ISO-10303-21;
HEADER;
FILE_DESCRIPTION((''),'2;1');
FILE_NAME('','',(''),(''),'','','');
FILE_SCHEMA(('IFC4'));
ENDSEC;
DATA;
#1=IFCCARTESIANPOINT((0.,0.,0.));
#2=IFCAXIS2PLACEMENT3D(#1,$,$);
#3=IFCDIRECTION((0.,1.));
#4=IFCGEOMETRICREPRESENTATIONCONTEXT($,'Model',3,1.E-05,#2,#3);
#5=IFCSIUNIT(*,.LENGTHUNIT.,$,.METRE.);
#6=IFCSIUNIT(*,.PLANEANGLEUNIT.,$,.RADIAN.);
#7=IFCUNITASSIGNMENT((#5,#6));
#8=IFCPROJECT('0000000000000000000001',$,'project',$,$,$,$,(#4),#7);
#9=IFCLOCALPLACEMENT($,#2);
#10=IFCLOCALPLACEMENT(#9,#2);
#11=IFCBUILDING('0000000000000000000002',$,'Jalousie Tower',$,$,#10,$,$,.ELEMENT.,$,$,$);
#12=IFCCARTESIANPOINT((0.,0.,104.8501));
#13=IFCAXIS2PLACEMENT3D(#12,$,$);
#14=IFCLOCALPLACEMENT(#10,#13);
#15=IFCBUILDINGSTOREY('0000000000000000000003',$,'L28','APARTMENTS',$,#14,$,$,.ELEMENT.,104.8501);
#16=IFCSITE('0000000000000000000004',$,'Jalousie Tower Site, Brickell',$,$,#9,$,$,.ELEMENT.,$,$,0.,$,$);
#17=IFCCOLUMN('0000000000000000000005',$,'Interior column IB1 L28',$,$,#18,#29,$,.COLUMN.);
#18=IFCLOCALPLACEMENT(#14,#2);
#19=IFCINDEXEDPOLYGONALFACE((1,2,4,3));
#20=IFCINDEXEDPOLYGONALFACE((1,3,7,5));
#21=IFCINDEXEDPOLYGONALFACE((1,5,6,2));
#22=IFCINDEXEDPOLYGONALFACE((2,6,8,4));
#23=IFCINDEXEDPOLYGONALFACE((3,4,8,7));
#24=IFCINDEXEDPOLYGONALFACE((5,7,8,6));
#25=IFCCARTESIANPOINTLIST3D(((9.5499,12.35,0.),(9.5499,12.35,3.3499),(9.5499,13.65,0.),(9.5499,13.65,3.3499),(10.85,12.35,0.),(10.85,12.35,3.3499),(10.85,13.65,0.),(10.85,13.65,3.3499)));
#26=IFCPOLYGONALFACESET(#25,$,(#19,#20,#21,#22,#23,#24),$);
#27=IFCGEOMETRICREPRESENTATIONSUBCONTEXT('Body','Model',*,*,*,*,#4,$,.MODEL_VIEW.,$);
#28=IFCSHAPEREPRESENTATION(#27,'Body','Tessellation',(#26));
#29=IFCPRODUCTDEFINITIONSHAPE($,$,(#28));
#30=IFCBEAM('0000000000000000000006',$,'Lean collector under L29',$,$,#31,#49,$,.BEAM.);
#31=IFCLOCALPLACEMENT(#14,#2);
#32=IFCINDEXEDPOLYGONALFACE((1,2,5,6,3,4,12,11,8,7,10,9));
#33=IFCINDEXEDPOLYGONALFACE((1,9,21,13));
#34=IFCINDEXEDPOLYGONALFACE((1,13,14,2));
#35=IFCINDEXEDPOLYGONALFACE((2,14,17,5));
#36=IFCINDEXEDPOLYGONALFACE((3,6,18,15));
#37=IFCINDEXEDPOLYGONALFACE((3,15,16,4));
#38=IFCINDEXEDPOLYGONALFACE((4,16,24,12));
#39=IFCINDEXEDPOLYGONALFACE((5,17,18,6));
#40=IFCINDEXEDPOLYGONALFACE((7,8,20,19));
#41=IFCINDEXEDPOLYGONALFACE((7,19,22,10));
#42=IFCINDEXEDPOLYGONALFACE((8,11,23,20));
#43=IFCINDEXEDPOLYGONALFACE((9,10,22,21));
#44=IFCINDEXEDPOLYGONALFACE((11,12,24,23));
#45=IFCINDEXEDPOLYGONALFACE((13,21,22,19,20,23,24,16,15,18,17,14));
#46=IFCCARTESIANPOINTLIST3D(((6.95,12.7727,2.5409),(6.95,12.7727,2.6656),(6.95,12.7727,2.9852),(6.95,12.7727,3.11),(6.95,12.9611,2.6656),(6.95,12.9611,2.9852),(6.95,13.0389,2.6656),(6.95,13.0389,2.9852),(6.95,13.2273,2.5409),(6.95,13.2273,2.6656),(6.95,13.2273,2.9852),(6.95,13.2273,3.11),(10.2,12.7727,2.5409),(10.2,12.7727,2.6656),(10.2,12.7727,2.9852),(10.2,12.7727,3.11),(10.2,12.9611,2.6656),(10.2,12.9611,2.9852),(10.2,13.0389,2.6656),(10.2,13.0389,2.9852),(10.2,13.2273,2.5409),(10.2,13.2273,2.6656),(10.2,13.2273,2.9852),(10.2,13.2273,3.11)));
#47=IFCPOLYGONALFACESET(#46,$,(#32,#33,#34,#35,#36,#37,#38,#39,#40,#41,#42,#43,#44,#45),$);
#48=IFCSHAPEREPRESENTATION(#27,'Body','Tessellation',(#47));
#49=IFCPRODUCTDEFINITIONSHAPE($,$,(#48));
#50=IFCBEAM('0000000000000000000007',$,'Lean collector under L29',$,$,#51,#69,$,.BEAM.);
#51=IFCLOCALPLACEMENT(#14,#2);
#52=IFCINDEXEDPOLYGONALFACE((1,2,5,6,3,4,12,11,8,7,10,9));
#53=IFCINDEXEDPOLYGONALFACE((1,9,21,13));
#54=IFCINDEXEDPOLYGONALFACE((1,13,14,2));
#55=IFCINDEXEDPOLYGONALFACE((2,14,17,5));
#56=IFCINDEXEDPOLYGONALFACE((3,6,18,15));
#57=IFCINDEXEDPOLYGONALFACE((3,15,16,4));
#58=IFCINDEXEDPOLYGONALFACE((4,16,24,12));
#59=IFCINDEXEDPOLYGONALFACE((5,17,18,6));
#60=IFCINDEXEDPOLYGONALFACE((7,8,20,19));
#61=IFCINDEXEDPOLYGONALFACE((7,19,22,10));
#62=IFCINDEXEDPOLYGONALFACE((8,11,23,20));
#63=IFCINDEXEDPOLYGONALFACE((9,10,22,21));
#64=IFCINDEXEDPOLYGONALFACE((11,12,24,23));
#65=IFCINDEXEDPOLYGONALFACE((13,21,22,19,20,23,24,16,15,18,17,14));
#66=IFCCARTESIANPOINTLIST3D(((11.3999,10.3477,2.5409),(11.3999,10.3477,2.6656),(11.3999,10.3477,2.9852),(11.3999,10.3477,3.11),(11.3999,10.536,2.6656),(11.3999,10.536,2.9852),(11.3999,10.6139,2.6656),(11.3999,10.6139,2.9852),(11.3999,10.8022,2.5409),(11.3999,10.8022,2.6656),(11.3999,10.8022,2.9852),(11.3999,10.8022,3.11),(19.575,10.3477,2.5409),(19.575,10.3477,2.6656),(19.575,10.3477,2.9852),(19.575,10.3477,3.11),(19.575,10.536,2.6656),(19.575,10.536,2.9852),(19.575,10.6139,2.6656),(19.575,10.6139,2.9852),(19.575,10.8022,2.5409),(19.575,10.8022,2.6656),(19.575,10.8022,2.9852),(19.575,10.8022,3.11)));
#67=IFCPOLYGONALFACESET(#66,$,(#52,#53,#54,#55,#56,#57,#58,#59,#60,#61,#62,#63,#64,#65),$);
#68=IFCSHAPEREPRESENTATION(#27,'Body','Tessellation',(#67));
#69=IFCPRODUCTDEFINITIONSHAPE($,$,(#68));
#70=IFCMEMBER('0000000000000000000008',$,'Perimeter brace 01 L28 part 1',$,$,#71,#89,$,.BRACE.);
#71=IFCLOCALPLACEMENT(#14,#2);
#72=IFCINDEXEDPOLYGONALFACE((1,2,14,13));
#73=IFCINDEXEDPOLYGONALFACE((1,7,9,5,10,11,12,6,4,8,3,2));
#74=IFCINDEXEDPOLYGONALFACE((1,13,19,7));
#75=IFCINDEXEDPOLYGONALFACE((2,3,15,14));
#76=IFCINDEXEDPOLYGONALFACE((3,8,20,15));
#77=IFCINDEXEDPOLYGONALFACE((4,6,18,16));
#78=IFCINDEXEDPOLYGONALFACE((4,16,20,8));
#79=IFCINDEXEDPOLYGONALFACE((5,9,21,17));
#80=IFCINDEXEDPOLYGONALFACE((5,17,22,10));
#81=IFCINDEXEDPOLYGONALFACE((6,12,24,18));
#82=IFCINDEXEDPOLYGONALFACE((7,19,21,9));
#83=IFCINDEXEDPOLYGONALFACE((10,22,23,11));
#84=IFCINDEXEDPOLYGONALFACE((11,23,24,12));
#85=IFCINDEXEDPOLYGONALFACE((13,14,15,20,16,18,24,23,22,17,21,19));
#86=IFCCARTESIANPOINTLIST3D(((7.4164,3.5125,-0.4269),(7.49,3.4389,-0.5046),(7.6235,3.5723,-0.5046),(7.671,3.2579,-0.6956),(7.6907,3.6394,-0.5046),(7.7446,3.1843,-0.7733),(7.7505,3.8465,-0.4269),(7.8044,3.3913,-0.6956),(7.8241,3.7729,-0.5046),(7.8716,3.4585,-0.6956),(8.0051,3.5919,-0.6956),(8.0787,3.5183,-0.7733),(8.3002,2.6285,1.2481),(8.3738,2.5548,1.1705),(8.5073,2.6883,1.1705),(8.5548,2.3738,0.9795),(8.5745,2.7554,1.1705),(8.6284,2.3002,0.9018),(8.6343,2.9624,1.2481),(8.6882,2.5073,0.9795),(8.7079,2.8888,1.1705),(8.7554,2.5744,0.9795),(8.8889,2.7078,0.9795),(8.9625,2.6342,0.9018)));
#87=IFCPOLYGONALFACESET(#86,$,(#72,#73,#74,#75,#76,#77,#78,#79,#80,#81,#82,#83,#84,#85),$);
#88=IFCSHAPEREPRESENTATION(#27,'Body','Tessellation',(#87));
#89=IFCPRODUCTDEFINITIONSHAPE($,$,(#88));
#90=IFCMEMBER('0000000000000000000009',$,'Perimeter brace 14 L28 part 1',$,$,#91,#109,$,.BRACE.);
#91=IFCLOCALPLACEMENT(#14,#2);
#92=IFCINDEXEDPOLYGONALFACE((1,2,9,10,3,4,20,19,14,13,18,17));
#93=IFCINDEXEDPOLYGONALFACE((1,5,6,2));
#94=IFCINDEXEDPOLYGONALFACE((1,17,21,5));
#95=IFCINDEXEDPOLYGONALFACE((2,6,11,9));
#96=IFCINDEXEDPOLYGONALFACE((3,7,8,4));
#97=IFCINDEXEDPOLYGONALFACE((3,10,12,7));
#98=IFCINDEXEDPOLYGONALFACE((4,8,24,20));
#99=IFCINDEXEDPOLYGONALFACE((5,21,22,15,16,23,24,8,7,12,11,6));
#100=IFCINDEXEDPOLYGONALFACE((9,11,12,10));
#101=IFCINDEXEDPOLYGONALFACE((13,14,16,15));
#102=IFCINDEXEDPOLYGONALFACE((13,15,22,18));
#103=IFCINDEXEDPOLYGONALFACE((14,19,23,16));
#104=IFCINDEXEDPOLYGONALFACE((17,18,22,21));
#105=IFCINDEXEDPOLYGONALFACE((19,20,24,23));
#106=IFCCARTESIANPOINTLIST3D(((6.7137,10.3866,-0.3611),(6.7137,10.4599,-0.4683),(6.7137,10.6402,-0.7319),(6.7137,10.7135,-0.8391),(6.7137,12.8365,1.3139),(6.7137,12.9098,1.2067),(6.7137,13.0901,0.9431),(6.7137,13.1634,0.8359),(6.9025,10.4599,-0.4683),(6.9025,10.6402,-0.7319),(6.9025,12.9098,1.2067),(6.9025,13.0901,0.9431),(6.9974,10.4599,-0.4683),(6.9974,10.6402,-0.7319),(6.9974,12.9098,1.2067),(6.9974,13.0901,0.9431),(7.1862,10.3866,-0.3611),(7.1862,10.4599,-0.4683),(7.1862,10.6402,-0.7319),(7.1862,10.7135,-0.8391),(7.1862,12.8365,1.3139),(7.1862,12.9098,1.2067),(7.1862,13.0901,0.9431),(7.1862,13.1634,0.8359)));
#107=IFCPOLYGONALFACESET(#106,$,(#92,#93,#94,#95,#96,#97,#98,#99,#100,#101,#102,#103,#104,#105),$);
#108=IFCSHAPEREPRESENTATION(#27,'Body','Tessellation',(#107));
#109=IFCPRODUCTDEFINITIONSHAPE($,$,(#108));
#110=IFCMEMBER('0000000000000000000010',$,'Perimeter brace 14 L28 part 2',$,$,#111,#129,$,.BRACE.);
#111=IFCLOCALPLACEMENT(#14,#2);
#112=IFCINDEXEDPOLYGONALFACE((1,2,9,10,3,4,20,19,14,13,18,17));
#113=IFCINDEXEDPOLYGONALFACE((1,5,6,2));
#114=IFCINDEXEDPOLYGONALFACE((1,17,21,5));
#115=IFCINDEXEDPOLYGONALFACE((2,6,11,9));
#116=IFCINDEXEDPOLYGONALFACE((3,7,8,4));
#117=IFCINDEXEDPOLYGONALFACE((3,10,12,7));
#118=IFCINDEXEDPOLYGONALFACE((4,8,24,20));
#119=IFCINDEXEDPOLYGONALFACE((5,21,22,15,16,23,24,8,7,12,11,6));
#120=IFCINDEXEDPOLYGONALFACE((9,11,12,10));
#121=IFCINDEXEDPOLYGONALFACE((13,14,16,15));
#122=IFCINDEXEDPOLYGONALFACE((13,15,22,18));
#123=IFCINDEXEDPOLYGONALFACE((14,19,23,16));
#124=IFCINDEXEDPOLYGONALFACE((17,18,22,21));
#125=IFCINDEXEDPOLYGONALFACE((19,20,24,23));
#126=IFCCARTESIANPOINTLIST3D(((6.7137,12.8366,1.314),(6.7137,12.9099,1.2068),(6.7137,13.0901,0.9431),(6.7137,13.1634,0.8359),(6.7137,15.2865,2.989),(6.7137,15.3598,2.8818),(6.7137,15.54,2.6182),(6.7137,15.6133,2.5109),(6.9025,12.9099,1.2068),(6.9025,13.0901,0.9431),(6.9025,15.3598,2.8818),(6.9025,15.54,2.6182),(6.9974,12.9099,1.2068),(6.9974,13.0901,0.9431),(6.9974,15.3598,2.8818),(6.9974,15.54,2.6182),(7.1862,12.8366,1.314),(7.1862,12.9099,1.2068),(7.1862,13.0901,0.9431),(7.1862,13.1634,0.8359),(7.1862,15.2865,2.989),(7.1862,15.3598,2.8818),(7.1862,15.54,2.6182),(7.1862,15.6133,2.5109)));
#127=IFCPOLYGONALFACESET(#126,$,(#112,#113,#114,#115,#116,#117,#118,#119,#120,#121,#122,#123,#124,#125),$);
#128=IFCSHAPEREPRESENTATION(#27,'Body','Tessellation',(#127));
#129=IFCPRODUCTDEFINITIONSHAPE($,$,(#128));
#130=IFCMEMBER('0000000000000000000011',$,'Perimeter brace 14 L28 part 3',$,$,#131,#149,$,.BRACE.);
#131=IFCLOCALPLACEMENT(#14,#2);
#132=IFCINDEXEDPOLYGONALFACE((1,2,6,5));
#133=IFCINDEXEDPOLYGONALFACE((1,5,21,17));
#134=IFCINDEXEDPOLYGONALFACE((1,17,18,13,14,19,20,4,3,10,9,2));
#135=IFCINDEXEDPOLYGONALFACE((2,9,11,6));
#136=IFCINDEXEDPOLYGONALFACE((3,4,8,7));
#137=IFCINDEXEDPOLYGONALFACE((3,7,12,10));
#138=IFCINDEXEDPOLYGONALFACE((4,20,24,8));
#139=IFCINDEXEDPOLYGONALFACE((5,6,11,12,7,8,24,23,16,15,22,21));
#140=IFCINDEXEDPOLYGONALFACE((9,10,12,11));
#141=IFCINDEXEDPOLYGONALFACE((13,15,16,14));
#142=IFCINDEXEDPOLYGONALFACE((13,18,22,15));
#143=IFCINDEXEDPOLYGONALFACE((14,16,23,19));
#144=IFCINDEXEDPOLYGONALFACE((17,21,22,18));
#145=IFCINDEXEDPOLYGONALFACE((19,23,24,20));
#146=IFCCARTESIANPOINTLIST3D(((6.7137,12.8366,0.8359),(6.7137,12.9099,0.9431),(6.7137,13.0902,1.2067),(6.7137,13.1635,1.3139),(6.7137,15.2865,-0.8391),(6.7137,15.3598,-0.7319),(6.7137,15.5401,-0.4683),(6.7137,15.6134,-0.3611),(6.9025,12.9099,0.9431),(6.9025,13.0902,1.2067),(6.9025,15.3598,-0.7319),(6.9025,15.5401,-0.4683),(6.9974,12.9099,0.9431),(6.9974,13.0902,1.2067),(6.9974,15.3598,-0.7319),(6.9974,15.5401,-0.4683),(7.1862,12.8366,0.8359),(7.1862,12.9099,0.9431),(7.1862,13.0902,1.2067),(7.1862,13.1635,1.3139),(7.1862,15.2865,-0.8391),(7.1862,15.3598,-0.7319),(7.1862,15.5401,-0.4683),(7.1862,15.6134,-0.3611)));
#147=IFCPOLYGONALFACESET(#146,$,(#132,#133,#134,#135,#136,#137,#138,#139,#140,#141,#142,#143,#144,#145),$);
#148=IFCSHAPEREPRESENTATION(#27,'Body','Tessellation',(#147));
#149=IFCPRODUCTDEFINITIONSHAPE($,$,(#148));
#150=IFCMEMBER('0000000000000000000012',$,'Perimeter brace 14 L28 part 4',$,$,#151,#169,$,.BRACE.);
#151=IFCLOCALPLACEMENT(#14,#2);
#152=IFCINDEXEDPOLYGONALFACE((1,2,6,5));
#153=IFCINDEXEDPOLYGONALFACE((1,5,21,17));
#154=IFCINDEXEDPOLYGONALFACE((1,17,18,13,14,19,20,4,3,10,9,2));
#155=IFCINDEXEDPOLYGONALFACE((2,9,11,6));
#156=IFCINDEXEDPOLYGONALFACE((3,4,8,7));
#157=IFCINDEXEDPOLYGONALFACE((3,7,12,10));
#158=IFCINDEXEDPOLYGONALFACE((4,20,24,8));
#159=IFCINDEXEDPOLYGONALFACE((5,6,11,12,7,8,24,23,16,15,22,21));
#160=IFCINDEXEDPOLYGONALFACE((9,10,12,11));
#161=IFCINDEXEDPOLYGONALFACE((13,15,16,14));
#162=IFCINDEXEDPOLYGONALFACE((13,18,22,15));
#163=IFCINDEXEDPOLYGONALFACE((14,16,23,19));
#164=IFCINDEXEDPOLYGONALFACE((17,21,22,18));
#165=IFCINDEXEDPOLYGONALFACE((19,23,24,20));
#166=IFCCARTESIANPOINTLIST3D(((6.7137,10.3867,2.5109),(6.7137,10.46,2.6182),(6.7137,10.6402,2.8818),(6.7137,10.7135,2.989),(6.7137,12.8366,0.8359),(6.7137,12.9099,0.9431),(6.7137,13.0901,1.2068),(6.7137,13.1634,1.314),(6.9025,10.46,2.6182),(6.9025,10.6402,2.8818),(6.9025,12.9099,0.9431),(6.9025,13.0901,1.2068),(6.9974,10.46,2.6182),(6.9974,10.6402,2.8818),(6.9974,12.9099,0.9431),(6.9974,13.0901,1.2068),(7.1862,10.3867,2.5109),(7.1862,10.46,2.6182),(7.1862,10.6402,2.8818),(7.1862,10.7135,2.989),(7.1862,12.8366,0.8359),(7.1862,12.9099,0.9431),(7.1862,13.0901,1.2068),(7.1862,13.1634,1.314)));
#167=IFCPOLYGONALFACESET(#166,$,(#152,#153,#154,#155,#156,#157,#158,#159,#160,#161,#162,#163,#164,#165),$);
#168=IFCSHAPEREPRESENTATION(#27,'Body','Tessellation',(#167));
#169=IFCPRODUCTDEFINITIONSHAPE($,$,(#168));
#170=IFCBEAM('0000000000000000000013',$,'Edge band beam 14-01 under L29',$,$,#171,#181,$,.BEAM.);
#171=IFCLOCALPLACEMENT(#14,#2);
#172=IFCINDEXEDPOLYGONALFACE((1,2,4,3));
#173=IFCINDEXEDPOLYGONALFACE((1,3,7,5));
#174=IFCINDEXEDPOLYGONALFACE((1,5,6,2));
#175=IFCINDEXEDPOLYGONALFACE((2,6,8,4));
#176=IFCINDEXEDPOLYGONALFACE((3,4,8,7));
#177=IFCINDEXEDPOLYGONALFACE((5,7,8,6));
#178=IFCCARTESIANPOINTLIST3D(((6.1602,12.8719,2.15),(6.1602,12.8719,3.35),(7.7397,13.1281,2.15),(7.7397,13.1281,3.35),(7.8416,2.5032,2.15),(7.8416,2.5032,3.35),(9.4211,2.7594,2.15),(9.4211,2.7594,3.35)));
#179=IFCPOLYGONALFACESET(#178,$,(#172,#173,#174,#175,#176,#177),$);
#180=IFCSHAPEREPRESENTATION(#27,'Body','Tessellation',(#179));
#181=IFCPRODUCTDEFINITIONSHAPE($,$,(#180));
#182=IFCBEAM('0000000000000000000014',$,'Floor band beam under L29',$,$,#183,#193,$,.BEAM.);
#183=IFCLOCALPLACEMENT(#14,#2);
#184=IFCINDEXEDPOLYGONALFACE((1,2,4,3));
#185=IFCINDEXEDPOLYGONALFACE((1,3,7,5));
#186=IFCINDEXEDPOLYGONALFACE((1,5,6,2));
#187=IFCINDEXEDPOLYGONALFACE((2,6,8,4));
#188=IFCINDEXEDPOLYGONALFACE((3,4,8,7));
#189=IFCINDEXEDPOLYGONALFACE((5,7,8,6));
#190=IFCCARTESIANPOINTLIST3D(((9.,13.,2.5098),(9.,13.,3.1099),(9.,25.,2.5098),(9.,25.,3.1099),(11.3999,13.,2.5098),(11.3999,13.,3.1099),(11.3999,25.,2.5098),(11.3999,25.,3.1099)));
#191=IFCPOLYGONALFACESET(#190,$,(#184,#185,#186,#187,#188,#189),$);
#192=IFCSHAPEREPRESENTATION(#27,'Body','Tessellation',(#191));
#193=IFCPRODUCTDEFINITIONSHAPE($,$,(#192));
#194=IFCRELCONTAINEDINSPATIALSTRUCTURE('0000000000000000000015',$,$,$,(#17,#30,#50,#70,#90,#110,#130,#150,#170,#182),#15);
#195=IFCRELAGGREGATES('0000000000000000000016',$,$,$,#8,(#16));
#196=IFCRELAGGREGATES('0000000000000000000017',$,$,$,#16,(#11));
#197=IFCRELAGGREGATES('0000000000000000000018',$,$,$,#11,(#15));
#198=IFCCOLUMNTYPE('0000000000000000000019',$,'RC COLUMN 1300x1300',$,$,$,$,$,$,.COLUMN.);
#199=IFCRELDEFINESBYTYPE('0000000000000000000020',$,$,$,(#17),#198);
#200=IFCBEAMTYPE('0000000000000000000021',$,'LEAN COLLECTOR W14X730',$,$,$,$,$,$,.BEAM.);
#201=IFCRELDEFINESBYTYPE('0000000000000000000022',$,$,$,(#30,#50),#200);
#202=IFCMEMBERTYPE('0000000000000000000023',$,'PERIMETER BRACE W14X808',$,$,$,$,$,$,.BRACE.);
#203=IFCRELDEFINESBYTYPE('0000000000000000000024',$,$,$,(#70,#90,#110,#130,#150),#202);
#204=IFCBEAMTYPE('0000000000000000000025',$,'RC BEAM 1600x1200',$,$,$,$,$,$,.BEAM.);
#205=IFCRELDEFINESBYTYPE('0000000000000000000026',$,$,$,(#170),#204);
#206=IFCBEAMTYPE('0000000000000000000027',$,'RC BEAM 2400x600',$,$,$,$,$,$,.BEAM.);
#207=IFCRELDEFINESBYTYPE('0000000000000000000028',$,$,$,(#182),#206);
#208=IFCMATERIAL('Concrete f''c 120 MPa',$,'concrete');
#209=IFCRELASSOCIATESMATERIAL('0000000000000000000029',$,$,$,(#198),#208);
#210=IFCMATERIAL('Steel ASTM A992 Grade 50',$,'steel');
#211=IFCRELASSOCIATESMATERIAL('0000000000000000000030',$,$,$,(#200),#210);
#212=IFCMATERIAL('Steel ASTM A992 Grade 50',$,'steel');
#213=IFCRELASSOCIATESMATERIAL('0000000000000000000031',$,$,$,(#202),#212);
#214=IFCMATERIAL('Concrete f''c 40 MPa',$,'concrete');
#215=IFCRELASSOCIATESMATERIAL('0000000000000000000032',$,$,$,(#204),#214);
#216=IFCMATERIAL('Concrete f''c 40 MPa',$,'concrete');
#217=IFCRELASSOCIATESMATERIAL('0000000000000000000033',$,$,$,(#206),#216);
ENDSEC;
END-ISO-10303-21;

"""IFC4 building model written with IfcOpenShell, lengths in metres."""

from ifc_helpers import new_model, si_unit, direction, frame, origin, origin_2d, place, context, subcontext, project, spatial, rectangle, i_section, extrude, material, material_profile, profile_set, type_object, element, save


model = new_model("IFC4")

# Units and contexts
model_context = context("Model", 3, precision=1e-05, world=origin(), true_north=direction((0.0, 1.0)))
body_context = subcontext(model_context, "Body", "Model", "MODEL_VIEW")
ifc_project = project(units=[si_unit("LENGTHUNIT", "METRE"), si_unit("PLANEANGLEUNIT", "RADIAN")], contexts=[model_context])

# Site, building, storey
site_placement = place(None, origin())
site = spatial("IfcSite", under=ifc_project, at=site_placement, Name="Jalousie Tower Site, Brickell", CompositionType="ELEMENT", RefElevation=0.0)
building_placement = place(site_placement, origin())
building = spatial("IfcBuilding", under=site, at=building_placement, Name="Jalousie Tower", CompositionType="ELEMENT")
storey_placement = place(building_placement, frame((0.0, 0.0, 104.8501)))
storey = spatial("IfcBuildingStorey", under=building, at=storey_placement, Name="L28", Description="APARTMENTS", CompositionType="ELEMENT", Elevation=104.8501)

# Column
ifc_material_1 = material(Name="Concrete f'c 120 MPa", Category="concrete")
ifc_material_profile_1 = material_profile(ifc_material_1, rectangle(XDim=1.3, YDim=1.3, at=origin_2d()), Name="RC 1300x1300")
ifc_profile_set_1 = profile_set([ifc_material_profile_1], Name="Concrete f'c 120 MPa")
column_type = type_object("IfcColumnType", Name="RC COLUMN 1300x1300", PredefinedType="COLUMN", material=ifc_profile_set_1)
column_placement = place(storey_placement, frame((10.2, 13.0, 0.0), z_axis=(0.0, 0.0, 1.0), x_axis=(1.0, 0.0, 0.0)))
element("IfcColumn", 1, at=column_placement, inside=storey, type_object=column_type, Name="Interior column IB1 L28", PredefinedType="COLUMN", context=body_context, shape_type="SweptSolid", body=[
    extrude(rectangle(XDim=1.3, YDim=1.3, at=origin_2d()), origin(), (0.0, 0.0, 1.0), 3.3499),
])

# Beams
ifc_material_2 = material(Name="Steel ASTM A992 Grade 50", Category="steel")
ifc_material_profile_2 = material_profile(ifc_material_2, i_section(OverallWidth=0.4546, OverallDepth=0.5691, WebThickness=0.0779, FlangeThickness=0.1248, at=origin_2d()), Name="W14X730")
ifc_profile_set_2 = profile_set([ifc_material_profile_2], Name="Steel ASTM A992 Grade 50")
beam_type_1 = type_object("IfcBeamType", Name="LEAN COLLECTOR W14X730", PredefinedType="BEAM", material=ifc_profile_set_2)
beam_1_placement = place(storey_placement, frame((6.95, 13.0, 2.8254), z_axis=(1.0, 0.0, 0.0), x_axis=(0.0, 1.0, 0.0)))
element("IfcBeam", 2, at=beam_1_placement, inside=storey, type_object=beam_type_1, Name="Lean collector under L29", PredefinedType="BEAM", context=body_context, shape_type="SweptSolid", body=[
    extrude(i_section(OverallWidth=0.4546, OverallDepth=0.5691, WebThickness=0.0779, FlangeThickness=0.1248, at=origin_2d()), origin(), (0.0, 0.0, 1.0), 3.25),
])
beam_2_placement = place(storey_placement, frame((11.3999, 10.575, 2.8254), z_axis=(1.0, 0.0, 0.0), x_axis=(0.0, 1.0, 0.0)))
element("IfcBeam", 3, at=beam_2_placement, inside=storey, type_object=beam_type_1, Name="Lean collector under L29", PredefinedType="BEAM", context=body_context, shape_type="SweptSolid", body=[
    extrude(i_section(OverallWidth=0.4546, OverallDepth=0.5691, WebThickness=0.0779, FlangeThickness=0.1248, at=origin_2d()), origin(), (0.0, 0.0, 1.0), 8.175),
])

# Members
ifc_material_3 = material(Name="Steel ASTM A992 Grade 50", Category="steel")
ifc_material_profile_3 = material_profile(ifc_material_3, i_section(OverallWidth=0.4724, OverallDepth=0.5791, WebThickness=0.095, FlangeThickness=0.1299, at=origin_2d()), Name="W14X808")
ifc_profile_set_3 = profile_set([ifc_material_profile_3], Name="Steel ASTM A992 Grade 50")
member_type_1 = type_object("IfcMemberType", Name="PERIMETER BRACE W14X808", PredefinedType="BRACE", material=ifc_profile_set_3)
member_1_placement = place(storey_placement, frame((7.7476, 3.5154, -0.6001), z_axis=(0.422852, -0.422969, 0.801432), x_axis=(0.707204, 0.707009, 0.0)))
element("IfcMember", 4, at=member_1_placement, inside=storey, type_object=member_type_1, Name="Perimeter brace 01 L28 part 1", PredefinedType="BRACE", context=body_context, shape_type="SweptSolid", body=[
    extrude(i_section(OverallWidth=0.4724, OverallDepth=0.5791, WebThickness=0.095, FlangeThickness=0.1299, at=origin_2d()), origin(), (0.0, 0.0, 1.0), 2.0901),
])
for number, where, z_axis, x_axis, name in (
    (5, (6.95, 10.55, -0.6001), (0.0, 0.825501, 0.564401), (-1.0, 0.0, 0.0), "Perimeter brace 14 L28 part 1"),
    (6, (6.95, 13.0, 1.075), (0.0, 0.825501, 0.564401), (-1.0, 0.0, 0.0), "Perimeter brace 14 L28 part 2"),
    (7, (6.95, 15.45, -0.6001), (0.0, -0.825501, 0.564401), (1.0, 0.0, 0.0), "Perimeter brace 14 L28 part 3"),
    (8, (6.95, 13.0, 1.075), (0.0, -0.825501, 0.564401), (1.0, 0.0, 0.0), "Perimeter brace 14 L28 part 4"),
):
    element("IfcMember", number, at=place(storey_placement, frame(where, z_axis=z_axis, x_axis=x_axis)), inside=storey, type_object=member_type_1, Name=name, PredefinedType="BRACE", context=body_context, shape_type="SweptSolid", body=[
        extrude(i_section(OverallWidth=0.4724, OverallDepth=0.5791, WebThickness=0.095, FlangeThickness=0.1299, at=origin_2d()), origin(), (0.0, 0.0, 1.0), 2.9678),
    ])

# Beams
ifc_material_4 = material(Name="Concrete f'c 40 MPa", Category="concrete")
ifc_material_profile_4 = material_profile(ifc_material_4, rectangle(XDim=1.6001, YDim=1.2, at=origin_2d()), Name="RC 1600x1200")
ifc_profile_set_4 = profile_set([ifc_material_profile_4], Name="Concrete f'c 40 MPa")
beam_type_2 = type_object("IfcBeamType", Name="RC BEAM 1600x1200", PredefinedType="BEAM", material=ifc_profile_set_4)
beam_3_placement = place(storey_placement, frame((6.95, 13.0, 2.75), z_axis=(0.160071, -0.987106, 0.0), x_axis=(0.987106, 0.160071, 0.0)))
element("IfcBeam", 9, at=beam_3_placement, inside=storey, type_object=beam_type_2, Name="Edge band beam 14-01 under L29", PredefinedType="BEAM", context=body_context, shape_type="SweptSolid", body=[
    extrude(rectangle(XDim=1.6001, YDim=1.2, at=origin_2d()), origin(), (0.0, 0.0, 1.0), 10.5042),
])
ifc_material_5 = material(Name="Concrete f'c 40 MPa", Category="concrete")
ifc_material_profile_5 = material_profile(ifc_material_5, rectangle(XDim=2.3999, YDim=0.6001, at=origin_2d()), Name="RC 2400x600")
ifc_profile_set_5 = profile_set([ifc_material_profile_5], Name="Concrete f'c 40 MPa")
beam_type_3 = type_object("IfcBeamType", Name="RC BEAM 2400x600", PredefinedType="BEAM", material=ifc_profile_set_5)
beam_4_placement = place(storey_placement, frame((10.2, 13.0, 2.8098), z_axis=(0.0, 1.0, 0.0), x_axis=(-1.0, 0.0, 0.0)))
element("IfcBeam", 10, at=beam_4_placement, inside=storey, type_object=beam_type_3, Name="Floor band beam under L29", PredefinedType="BEAM", context=body_context, shape_type="SweptSolid", body=[
    extrude(rectangle(XDim=2.3999, YDim=0.6001, at=origin_2d()), origin(), (0.0, 0.0, 1.0), 12.0),
])

save(model, "model.ifc")
